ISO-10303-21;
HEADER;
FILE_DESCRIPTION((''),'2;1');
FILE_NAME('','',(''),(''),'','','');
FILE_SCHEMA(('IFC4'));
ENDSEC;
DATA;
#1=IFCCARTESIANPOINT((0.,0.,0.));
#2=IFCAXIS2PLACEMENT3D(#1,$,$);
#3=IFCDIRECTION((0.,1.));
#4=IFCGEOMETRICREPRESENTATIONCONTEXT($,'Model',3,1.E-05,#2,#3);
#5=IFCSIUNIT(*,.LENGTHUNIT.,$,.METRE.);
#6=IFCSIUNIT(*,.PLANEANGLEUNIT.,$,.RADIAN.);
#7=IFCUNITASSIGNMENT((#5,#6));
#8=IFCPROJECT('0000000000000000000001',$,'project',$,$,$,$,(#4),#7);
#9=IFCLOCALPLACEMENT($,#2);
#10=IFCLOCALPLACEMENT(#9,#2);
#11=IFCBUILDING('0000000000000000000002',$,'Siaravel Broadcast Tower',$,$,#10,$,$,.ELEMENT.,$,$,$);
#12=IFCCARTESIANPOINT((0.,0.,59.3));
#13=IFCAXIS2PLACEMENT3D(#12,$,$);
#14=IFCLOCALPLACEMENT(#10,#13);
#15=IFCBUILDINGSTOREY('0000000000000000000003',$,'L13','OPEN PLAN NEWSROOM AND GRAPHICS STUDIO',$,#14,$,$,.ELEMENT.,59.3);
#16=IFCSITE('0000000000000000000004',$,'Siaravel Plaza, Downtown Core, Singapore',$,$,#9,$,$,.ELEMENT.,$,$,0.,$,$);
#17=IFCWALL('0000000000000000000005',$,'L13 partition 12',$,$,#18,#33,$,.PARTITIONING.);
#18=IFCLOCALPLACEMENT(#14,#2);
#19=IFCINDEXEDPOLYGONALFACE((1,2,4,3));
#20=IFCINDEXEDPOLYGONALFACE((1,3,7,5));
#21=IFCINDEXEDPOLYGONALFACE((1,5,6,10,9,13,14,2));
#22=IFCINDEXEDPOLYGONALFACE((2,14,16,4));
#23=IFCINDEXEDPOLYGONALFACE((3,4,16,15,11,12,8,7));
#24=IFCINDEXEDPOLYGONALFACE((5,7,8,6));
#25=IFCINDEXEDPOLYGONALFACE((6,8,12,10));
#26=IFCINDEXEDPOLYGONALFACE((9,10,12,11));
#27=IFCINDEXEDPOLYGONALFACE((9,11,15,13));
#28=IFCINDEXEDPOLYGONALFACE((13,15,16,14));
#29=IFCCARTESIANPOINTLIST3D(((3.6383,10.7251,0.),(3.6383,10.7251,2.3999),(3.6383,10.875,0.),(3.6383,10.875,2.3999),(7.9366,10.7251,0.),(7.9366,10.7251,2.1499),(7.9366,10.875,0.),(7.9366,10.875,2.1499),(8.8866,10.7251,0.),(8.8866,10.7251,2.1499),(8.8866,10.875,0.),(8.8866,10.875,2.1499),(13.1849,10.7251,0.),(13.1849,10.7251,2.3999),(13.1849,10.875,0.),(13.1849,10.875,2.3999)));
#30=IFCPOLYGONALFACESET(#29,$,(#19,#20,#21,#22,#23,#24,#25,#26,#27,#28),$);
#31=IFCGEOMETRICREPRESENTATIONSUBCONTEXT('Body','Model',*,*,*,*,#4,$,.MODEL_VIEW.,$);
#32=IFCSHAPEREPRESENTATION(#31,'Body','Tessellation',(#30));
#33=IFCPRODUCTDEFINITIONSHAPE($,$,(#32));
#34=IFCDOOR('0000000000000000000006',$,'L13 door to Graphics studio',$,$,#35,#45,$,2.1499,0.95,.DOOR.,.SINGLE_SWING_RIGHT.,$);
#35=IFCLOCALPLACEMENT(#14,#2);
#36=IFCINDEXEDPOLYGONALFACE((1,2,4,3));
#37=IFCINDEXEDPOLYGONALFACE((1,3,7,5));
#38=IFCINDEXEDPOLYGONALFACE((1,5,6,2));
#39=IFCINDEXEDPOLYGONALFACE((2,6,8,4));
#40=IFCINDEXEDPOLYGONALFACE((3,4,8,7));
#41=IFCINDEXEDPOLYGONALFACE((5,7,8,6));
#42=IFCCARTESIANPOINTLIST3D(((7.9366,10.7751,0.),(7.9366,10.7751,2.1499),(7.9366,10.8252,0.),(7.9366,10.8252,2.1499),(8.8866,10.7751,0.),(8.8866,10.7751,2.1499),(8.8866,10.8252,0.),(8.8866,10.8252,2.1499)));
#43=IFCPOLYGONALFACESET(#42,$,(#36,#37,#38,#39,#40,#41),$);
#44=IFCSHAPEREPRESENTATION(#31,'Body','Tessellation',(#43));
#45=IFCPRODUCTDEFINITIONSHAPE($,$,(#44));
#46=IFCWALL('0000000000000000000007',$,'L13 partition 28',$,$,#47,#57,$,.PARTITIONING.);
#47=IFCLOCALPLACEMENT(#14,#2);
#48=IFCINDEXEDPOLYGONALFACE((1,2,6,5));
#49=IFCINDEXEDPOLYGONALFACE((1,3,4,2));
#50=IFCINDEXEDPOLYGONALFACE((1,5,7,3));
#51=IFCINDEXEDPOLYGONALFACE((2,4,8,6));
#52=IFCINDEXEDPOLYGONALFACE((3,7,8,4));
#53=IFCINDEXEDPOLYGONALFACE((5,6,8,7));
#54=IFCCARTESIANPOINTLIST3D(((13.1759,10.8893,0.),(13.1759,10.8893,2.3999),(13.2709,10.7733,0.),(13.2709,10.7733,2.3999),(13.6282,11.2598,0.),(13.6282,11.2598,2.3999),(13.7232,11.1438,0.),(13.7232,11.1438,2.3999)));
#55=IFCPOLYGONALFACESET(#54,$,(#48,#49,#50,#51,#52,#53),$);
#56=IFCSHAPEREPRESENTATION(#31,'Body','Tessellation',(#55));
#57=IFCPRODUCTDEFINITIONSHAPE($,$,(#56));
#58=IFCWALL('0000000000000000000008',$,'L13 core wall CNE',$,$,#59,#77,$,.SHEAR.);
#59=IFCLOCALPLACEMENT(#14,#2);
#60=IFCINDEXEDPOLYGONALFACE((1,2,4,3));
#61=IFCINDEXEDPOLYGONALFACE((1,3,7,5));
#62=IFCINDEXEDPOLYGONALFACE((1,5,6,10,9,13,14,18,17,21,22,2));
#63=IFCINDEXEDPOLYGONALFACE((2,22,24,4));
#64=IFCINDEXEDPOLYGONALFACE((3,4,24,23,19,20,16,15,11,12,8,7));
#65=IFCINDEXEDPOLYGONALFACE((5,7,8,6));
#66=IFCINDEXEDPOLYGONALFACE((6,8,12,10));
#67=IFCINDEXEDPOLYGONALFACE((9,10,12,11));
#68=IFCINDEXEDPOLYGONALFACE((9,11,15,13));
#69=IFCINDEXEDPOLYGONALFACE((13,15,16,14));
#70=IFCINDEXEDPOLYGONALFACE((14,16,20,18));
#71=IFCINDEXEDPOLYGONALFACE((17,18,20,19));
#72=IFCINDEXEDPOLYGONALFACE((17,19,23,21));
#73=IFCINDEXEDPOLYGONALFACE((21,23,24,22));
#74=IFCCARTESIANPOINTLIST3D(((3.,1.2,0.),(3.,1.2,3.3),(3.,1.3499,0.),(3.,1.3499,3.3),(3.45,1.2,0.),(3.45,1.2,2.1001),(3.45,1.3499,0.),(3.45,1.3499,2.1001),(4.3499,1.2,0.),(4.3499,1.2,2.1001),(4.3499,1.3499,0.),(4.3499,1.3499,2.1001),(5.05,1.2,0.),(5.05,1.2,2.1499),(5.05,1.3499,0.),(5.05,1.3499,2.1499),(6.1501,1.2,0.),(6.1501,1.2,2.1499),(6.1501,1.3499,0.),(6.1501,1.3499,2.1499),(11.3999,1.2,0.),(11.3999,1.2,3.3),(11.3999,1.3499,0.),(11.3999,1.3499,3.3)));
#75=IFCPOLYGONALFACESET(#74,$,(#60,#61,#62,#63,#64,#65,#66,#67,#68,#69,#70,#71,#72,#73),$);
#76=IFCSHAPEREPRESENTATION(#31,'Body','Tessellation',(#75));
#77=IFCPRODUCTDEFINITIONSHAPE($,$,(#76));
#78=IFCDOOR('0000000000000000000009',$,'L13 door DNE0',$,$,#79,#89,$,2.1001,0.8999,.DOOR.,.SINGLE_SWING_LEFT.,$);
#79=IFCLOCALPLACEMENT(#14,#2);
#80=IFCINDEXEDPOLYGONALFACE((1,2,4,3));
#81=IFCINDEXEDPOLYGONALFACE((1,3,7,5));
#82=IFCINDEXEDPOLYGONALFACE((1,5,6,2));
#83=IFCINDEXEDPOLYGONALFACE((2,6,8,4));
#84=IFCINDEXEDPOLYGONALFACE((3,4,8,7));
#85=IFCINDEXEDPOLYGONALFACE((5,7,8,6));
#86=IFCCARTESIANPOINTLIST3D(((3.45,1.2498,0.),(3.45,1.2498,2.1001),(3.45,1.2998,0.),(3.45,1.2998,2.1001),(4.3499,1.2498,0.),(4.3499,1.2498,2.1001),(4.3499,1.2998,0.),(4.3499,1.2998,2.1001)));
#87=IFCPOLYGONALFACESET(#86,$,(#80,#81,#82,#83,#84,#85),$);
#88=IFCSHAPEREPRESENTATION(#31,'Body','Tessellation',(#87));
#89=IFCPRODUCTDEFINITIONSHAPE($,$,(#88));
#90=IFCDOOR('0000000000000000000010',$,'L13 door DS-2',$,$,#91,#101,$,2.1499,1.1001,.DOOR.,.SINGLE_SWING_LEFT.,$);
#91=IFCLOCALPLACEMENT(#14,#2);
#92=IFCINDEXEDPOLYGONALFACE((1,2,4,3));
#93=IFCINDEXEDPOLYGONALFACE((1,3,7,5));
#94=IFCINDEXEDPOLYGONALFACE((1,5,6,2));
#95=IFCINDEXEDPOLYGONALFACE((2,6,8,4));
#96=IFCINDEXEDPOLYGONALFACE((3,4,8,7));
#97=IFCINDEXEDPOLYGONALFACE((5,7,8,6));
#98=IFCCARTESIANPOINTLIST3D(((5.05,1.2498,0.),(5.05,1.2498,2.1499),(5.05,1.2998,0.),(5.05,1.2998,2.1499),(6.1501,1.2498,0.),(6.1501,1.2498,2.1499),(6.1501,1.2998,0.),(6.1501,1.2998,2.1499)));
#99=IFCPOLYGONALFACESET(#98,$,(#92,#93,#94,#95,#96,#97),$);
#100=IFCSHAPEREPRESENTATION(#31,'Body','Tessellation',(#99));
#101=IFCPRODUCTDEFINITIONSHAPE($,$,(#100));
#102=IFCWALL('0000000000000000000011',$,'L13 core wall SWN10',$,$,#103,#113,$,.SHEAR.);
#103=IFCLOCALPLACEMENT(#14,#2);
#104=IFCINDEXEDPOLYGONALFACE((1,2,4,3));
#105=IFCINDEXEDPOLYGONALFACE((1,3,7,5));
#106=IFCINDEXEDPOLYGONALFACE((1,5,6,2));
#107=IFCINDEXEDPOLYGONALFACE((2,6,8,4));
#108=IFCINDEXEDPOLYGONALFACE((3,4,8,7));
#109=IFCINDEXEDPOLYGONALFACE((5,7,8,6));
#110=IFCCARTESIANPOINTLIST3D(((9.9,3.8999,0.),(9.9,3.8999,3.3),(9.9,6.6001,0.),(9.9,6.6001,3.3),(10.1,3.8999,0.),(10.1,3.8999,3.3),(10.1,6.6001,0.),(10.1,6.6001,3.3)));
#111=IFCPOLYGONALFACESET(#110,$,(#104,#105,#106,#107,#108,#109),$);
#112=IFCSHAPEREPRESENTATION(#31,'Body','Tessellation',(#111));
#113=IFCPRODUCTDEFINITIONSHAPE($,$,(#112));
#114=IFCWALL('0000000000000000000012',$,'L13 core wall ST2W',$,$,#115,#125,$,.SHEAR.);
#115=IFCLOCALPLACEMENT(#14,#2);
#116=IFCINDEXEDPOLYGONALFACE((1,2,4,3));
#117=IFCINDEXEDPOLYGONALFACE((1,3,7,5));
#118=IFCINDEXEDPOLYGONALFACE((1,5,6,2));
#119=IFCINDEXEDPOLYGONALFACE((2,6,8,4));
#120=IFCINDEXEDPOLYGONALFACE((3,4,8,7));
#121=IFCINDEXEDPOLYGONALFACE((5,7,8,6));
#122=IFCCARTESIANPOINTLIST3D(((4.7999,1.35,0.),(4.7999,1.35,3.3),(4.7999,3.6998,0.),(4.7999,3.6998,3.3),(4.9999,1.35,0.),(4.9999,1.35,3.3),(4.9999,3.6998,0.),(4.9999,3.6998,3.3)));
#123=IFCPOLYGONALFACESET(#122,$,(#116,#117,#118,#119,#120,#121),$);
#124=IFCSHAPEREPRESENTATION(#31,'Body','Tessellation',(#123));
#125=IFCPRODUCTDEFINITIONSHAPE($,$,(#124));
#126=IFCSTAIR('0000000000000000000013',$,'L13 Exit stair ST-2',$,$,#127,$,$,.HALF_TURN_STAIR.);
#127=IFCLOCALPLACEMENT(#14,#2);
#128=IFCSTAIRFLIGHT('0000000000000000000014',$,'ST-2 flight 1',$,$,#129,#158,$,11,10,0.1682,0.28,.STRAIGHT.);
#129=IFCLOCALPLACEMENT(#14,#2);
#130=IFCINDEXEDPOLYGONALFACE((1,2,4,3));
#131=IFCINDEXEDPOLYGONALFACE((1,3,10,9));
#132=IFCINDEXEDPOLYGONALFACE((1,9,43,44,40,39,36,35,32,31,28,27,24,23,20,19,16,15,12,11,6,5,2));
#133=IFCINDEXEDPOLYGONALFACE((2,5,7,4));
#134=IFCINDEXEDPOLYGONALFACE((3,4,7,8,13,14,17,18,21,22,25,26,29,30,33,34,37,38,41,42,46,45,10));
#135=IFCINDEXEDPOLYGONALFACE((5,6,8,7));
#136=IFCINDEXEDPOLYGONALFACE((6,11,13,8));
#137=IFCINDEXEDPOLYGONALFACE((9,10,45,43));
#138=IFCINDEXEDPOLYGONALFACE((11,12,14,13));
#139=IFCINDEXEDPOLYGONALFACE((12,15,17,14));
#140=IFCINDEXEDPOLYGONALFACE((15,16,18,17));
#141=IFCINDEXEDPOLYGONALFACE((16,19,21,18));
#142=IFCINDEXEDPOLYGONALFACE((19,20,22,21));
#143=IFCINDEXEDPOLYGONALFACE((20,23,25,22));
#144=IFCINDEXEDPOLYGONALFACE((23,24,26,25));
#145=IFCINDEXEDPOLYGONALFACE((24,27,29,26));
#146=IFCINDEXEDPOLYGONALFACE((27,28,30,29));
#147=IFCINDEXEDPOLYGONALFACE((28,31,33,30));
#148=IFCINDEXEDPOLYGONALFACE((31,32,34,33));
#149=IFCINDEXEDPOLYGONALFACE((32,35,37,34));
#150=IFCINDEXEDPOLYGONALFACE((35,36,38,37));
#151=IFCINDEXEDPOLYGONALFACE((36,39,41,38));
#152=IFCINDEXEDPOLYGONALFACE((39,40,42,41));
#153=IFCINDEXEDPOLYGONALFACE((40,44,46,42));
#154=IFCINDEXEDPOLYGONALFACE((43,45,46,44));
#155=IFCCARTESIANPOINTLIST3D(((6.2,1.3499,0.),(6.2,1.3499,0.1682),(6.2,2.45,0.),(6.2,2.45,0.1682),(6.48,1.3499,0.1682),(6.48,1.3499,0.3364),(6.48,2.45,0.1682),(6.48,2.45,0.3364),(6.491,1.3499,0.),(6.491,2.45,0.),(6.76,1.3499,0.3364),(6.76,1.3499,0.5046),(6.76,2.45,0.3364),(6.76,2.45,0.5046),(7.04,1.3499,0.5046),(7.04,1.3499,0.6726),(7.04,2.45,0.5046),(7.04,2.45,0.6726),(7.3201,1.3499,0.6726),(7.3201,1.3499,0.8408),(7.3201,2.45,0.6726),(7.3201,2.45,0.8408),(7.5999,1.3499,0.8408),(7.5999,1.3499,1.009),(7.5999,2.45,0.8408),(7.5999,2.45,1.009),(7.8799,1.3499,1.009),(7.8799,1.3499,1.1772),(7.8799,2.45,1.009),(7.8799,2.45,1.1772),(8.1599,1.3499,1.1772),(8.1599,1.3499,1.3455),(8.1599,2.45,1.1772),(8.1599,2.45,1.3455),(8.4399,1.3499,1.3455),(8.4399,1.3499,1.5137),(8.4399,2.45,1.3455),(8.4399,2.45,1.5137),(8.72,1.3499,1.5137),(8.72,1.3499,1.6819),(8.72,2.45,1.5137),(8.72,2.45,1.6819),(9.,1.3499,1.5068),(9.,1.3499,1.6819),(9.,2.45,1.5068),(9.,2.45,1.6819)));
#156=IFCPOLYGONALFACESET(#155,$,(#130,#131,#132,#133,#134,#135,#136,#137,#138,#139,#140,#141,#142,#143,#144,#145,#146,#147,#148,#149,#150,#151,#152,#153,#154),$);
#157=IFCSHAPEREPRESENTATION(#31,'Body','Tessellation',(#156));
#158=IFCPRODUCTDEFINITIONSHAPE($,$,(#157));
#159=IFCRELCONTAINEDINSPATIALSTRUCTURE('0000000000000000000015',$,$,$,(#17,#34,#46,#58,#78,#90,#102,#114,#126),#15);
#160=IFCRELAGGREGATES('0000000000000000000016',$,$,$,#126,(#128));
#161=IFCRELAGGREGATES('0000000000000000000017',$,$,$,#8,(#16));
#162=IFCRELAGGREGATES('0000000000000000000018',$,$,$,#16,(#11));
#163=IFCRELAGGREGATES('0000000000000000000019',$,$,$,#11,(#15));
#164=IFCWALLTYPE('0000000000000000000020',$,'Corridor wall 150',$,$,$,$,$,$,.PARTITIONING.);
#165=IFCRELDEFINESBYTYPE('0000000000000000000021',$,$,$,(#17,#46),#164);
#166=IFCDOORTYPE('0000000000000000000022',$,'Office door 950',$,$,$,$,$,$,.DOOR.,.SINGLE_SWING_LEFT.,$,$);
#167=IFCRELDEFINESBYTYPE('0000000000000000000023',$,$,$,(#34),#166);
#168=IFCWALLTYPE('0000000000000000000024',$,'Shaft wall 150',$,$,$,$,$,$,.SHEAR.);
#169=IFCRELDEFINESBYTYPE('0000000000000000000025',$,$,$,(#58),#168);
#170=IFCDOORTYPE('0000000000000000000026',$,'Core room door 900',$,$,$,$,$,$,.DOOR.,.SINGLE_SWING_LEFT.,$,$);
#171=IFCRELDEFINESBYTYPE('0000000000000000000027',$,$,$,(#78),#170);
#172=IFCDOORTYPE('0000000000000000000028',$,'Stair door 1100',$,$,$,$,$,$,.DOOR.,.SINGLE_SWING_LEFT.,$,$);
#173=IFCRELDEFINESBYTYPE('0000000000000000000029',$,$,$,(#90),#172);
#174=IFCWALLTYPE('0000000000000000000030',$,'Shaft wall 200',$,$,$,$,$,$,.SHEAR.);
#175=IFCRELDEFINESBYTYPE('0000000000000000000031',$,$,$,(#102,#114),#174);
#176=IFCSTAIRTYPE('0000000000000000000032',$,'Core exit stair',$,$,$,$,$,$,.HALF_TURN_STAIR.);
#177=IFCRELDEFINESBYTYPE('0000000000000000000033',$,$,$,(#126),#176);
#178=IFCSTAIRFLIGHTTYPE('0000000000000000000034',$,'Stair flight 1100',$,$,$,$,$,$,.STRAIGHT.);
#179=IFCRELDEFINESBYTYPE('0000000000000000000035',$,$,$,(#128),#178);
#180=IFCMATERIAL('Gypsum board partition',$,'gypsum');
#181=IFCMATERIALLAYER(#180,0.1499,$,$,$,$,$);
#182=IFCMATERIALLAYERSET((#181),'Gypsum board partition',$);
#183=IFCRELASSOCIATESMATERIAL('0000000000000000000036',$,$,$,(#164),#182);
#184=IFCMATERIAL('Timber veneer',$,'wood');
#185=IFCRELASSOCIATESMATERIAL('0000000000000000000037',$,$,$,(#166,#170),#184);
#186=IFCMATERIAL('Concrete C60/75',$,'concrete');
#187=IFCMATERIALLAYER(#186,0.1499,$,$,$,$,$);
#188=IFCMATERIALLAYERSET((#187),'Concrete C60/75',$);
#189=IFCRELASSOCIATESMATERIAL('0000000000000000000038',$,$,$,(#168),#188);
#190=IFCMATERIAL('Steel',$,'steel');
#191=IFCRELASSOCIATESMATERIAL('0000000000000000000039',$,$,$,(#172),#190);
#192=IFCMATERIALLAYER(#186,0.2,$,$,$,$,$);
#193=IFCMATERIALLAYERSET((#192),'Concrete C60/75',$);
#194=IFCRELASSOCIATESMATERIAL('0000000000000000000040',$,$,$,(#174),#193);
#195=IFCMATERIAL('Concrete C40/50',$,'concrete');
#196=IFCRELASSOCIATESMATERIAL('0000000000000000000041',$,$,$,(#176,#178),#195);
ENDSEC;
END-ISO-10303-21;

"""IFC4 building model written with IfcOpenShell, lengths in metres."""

from ifc_helpers import new_model, si_unit, direction, frame, frame_2d, origin, place, context, subcontext, project, spatial, polyline, rectangle, outline, extrude, material, layer, layer_set, type_object, element, fill, aggregate, save


model = new_model("IFC4")

# Units and contexts
model_context = context("Model", 3, precision=1e-05, world=origin(), true_north=direction((0.0, 1.0)))
body_context = subcontext(model_context, "Body", "Model", "MODEL_VIEW")
ifc_project = project(units=[si_unit("LENGTHUNIT", "METRE"), si_unit("PLANEANGLEUNIT", "RADIAN")], contexts=[model_context])

# Site, building, storey
site_placement = place(None, origin())
site = spatial("IfcSite", under=ifc_project, at=site_placement, Name="Siaravel Plaza, Downtown Core, Singapore", CompositionType="ELEMENT", RefElevation=0.0)
building_placement = place(site_placement, origin())
building = spatial("IfcBuilding", under=site, at=building_placement, Name="Siaravel Broadcast Tower", CompositionType="ELEMENT")
storey_placement = place(building_placement, frame((0.0, 0.0, 59.3)))
storey = spatial("IfcBuildingStorey", under=building, at=storey_placement, Name="L13", Description="OPEN PLAN NEWSROOM AND GRAPHICS STUDIO", CompositionType="ELEMENT", Elevation=59.3)

# Wall, opening, door
ifc_material_1 = material(Name="Gypsum board partition", Category="gypsum")
ifc_layer_1 = layer(ifc_material_1, 0.1499)
ifc_layer_set_1 = layer_set([ifc_layer_1], Name="Gypsum board partition")
wall_type_1 = type_object("IfcWallType", Name="Corridor wall 150", PredefinedType="PARTITIONING", material=ifc_layer_set_1)
ifc_material_2 = material(Name="Timber veneer", Category="wood")
wall_1_placement = place(storey_placement, frame((13.1851, 10.8, 0.0), z_axis=(0.0, 0.0, 1.0), x_axis=(-1.0, 0.0, 0.0)))
wall_1 = element("IfcWall", 1, at=wall_1_placement, inside=storey, type_object=wall_type_1, Name="L13 partition 12", PredefinedType="PARTITIONING", context=body_context, shape_type="SweptSolid", body=[
    extrude(rectangle(XDim=9.5466, YDim=0.1499, at=frame_2d((4.7734, 0.0))), origin(), (0.0, 0.0, 1.0), 2.3999),
])
opening_1_placement = place(wall_1_placement, frame((4.2983, 0.0, 0.0)))
opening_1 = element("IfcOpeningElement", 2, at=opening_1_placement, cuts=wall_1, PredefinedType="OPENING", context=body_context, shape_type="SweptSolid", body=[
    extrude(rectangle(XDim=0.95, YDim=2.1499, at=frame_2d((0.4751, 1.075))), frame((0.0, 0.085, 0.0), z_axis=(0.0, -1.0, 0.0), x_axis=(1.0, 0.0, 0.0)), (0.0, 0.0, 1.0), 0.1699),
])
door_type_1 = type_object("IfcDoorType", Name="Office door 950", OperationType="SINGLE_SWING_LEFT", PredefinedType="DOOR", material=ifc_material_2)
door_1_placement = place(opening_1_placement, origin())
door_1 = element("IfcDoor", 3, at=door_1_placement, inside=storey, type_object=door_type_1, Name="L13 door to Graphics studio", OperationType="SINGLE_SWING_RIGHT", OverallHeight=2.1499, OverallWidth=0.95, PredefinedType="DOOR", context=body_context, shape_type="SweptSolid", body=[
    extrude(rectangle(XDim=0.95, YDim=2.1499, at=frame_2d((0.4751, 1.075))), frame((0.0, 0.0249, 0.0), z_axis=(0.0, -1.0, 0.0), x_axis=(1.0, 0.0, 0.0)), (0.0, 0.0, 1.0), 0.05),
])
fill(opening_1, door_1)

# Wall
wall_2_placement = place(storey_placement, frame((13.6758, 11.2019, 0.0), z_axis=(0.0, 0.0, 1.0), x_axis=(-0.773567, -0.633715, 0.0)))
element("IfcWall", 4, at=wall_2_placement, inside=storey, type_object=wall_type_1, Name="L13 partition 28", PredefinedType="PARTITIONING", context=body_context, shape_type="SweptSolid", body=[
    extrude(rectangle(XDim=0.5847, YDim=0.1499, at=frame_2d((0.2925, 0.0))), origin(), (0.0, 0.0, 1.0), 2.3999),
])

# Wall, openings, doors
ifc_material_3 = material(Name="Concrete C60/75", Category="concrete")
ifc_layer_2 = layer(ifc_material_3, 0.1499)
ifc_layer_set_2 = layer_set([ifc_layer_2], Name="Concrete C60/75")
wall_type_2 = type_object("IfcWallType", Name="Shaft wall 150", PredefinedType="SHEAR", material=ifc_layer_set_2)
wall_3_placement = place(storey_placement, frame((3.0, 1.2749, 0.0), z_axis=(0.0, 0.0, 1.0), x_axis=(1.0, 0.0, 0.0)))
wall_3 = element("IfcWall", 5, at=wall_3_placement, inside=storey, type_object=wall_type_2, Name="L13 core wall CNE", PredefinedType="SHEAR", context=body_context, shape_type="SweptSolid", body=[
    extrude(rectangle(XDim=8.3999, YDim=0.1499, at=frame_2d((4.2, 0.0))), origin(), (0.0, 0.0, 1.0), 3.3),
])
opening_2_placement = place(wall_3_placement, frame((2.05, 0.0, 0.0)))
opening_2 = element("IfcOpeningElement", 6, at=opening_2_placement, cuts=wall_3, PredefinedType="OPENING", context=body_context, shape_type="SweptSolid", body=[
    extrude(rectangle(XDim=1.1001, YDim=2.1499, at=frame_2d((0.55, 1.075))), frame((0.0, 0.085, 0.0), z_axis=(0.0, -1.0, 0.0), x_axis=(1.0, 0.0, 0.0)), (0.0, 0.0, 1.0), 0.1699),
])
opening_3_placement = place(wall_3_placement, frame((0.45, 0.0, 0.0)))
opening_3 = element("IfcOpeningElement", 7, at=opening_3_placement, cuts=wall_3, PredefinedType="OPENING", context=body_context, shape_type="SweptSolid", body=[
    extrude(rectangle(XDim=0.8999, YDim=2.1001, at=frame_2d((0.45, 1.05))), frame((0.0, 0.085, 0.0), z_axis=(0.0, -1.0, 0.0), x_axis=(1.0, 0.0, 0.0)), (0.0, 0.0, 1.0), 0.1699),
])
door_type_2 = type_object("IfcDoorType", Name="Core room door 900", OperationType="SINGLE_SWING_LEFT", PredefinedType="DOOR", material=ifc_material_2)
door_2_placement = place(opening_3_placement, origin())
door_2 = element("IfcDoor", 8, at=door_2_placement, inside=storey, type_object=door_type_2, Name="L13 door DNE0", OperationType="SINGLE_SWING_LEFT", OverallHeight=2.1001, OverallWidth=0.8999, PredefinedType="DOOR", context=body_context, shape_type="SweptSolid", body=[
    extrude(rectangle(XDim=0.8999, YDim=2.1001, at=frame_2d((0.45, 1.05))), frame((0.0, 0.0249, 0.0), z_axis=(0.0, -1.0, 0.0), x_axis=(1.0, 0.0, 0.0)), (0.0, 0.0, 1.0), 0.05),
])
fill(opening_3, door_2)
ifc_material_4 = material(Name="Steel", Category="steel")
door_type_3 = type_object("IfcDoorType", Name="Stair door 1100", OperationType="SINGLE_SWING_LEFT", PredefinedType="DOOR", material=ifc_material_4)
door_3_placement = place(opening_2_placement, origin())
door_3 = element("IfcDoor", 9, at=door_3_placement, inside=storey, type_object=door_type_3, Name="L13 door DS-2", OperationType="SINGLE_SWING_LEFT", OverallHeight=2.1499, OverallWidth=1.1001, PredefinedType="DOOR", context=body_context, shape_type="SweptSolid", body=[
    extrude(rectangle(XDim=1.1001, YDim=2.1499, at=frame_2d((0.55, 1.075))), frame((0.0, 0.0249, 0.0), z_axis=(0.0, -1.0, 0.0), x_axis=(1.0, 0.0, 0.0)), (0.0, 0.0, 1.0), 0.05),
])
fill(opening_2, door_3)

# Walls
ifc_layer_3 = layer(ifc_material_3, 0.2)
ifc_layer_set_3 = layer_set([ifc_layer_3], Name="Concrete C60/75")
wall_type_3 = type_object("IfcWallType", Name="Shaft wall 200", PredefinedType="SHEAR", material=ifc_layer_set_3)
wall_4_placement = place(storey_placement, frame((10.0, 3.8999, 0.0), z_axis=(0.0, 0.0, 1.0), x_axis=(0.0, 1.0, 0.0)))
element("IfcWall", 10, at=wall_4_placement, inside=storey, type_object=wall_type_3, Name="L13 core wall SWN10", PredefinedType="SHEAR", context=body_context, shape_type="SweptSolid", body=[
    extrude(rectangle(XDim=2.7002, YDim=0.2, at=frame_2d((1.3501, 0.0))), origin(), (0.0, 0.0, 1.0), 3.3),
])
wall_5_placement = place(storey_placement, frame((4.8999, 1.3501, 0.0), z_axis=(0.0, 0.0, 1.0), x_axis=(0.0, 1.0, 0.0)))
element("IfcWall", 11, at=wall_5_placement, inside=storey, type_object=wall_type_3, Name="L13 core wall ST2W", PredefinedType="SHEAR", context=body_context, shape_type="SweptSolid", body=[
    extrude(rectangle(XDim=2.3499, YDim=0.2, at=frame_2d((1.1748, 0.0))), origin(), (0.0, 0.0, 1.0), 3.3),
])

# Stair, stair flight
ifc_material_5 = material(Name="Concrete C40/50", Category="concrete")
stair_type = type_object("IfcStairType", Name="Core exit stair", PredefinedType="HALF_TURN_STAIR", material=ifc_material_5)
stair_placement = place(storey_placement, origin())
stair = element("IfcStair", 12, at=stair_placement, inside=storey, type_object=stair_type, Name="L13 Exit stair ST-2", PredefinedType="HALF_TURN_STAIR")
stair_flight_type = type_object("IfcStairFlightType", Name="Stair flight 1100", PredefinedType="STRAIGHT", material=ifc_material_5)
stair_flight_1_placement = place(storey_placement, frame((6.2, 1.8999, 0.0), z_axis=(0.0, 0.0, 1.0), x_axis=(1.0, 0.0, 0.0)))
stair_flight_1 = element("IfcStairFlight", 13, at=stair_flight_1_placement, type_object=stair_flight_type, Name="ST-2 flight 1", NumberOfRisers=11, NumberOfTreads=10, PredefinedType="STRAIGHT", RiserHeight=0.1682, TreadLength=0.28, context=body_context, shape_type="SweptSolid", body=[
    extrude(outline(polyline([(0.0, 0.0), (0.0, 0.1682), (0.28, 0.1682), (0.28, 0.3364), (0.5601, 0.3364), (0.5601, 0.5046), (0.8401, 0.5046), (0.8401, 0.6726), (1.1201, 0.6726), (1.1201, 0.8408), (1.3999, 0.8408), (1.3999, 1.009), (1.6799, 1.009), (1.6799, 1.1772), (1.96, 1.1772), (1.96, 1.3455), (2.24, 1.3455), (2.24, 1.5137), (2.52, 1.5137), (2.52, 1.6819), (2.8, 1.6819), (2.8, 1.8501), (2.8, 1.5068), (0.291, 0.0), (0.0, 0.0)])), frame((0.0, 0.55, 0.0), z_axis=(0.0, -1.0, 0.0), x_axis=(1.0, 0.0, 0.0)), (0.0, 0.0, 1.0), 1.1001),
])
aggregate(stair, [stair_flight_1])

save(model, "model.ifc")
